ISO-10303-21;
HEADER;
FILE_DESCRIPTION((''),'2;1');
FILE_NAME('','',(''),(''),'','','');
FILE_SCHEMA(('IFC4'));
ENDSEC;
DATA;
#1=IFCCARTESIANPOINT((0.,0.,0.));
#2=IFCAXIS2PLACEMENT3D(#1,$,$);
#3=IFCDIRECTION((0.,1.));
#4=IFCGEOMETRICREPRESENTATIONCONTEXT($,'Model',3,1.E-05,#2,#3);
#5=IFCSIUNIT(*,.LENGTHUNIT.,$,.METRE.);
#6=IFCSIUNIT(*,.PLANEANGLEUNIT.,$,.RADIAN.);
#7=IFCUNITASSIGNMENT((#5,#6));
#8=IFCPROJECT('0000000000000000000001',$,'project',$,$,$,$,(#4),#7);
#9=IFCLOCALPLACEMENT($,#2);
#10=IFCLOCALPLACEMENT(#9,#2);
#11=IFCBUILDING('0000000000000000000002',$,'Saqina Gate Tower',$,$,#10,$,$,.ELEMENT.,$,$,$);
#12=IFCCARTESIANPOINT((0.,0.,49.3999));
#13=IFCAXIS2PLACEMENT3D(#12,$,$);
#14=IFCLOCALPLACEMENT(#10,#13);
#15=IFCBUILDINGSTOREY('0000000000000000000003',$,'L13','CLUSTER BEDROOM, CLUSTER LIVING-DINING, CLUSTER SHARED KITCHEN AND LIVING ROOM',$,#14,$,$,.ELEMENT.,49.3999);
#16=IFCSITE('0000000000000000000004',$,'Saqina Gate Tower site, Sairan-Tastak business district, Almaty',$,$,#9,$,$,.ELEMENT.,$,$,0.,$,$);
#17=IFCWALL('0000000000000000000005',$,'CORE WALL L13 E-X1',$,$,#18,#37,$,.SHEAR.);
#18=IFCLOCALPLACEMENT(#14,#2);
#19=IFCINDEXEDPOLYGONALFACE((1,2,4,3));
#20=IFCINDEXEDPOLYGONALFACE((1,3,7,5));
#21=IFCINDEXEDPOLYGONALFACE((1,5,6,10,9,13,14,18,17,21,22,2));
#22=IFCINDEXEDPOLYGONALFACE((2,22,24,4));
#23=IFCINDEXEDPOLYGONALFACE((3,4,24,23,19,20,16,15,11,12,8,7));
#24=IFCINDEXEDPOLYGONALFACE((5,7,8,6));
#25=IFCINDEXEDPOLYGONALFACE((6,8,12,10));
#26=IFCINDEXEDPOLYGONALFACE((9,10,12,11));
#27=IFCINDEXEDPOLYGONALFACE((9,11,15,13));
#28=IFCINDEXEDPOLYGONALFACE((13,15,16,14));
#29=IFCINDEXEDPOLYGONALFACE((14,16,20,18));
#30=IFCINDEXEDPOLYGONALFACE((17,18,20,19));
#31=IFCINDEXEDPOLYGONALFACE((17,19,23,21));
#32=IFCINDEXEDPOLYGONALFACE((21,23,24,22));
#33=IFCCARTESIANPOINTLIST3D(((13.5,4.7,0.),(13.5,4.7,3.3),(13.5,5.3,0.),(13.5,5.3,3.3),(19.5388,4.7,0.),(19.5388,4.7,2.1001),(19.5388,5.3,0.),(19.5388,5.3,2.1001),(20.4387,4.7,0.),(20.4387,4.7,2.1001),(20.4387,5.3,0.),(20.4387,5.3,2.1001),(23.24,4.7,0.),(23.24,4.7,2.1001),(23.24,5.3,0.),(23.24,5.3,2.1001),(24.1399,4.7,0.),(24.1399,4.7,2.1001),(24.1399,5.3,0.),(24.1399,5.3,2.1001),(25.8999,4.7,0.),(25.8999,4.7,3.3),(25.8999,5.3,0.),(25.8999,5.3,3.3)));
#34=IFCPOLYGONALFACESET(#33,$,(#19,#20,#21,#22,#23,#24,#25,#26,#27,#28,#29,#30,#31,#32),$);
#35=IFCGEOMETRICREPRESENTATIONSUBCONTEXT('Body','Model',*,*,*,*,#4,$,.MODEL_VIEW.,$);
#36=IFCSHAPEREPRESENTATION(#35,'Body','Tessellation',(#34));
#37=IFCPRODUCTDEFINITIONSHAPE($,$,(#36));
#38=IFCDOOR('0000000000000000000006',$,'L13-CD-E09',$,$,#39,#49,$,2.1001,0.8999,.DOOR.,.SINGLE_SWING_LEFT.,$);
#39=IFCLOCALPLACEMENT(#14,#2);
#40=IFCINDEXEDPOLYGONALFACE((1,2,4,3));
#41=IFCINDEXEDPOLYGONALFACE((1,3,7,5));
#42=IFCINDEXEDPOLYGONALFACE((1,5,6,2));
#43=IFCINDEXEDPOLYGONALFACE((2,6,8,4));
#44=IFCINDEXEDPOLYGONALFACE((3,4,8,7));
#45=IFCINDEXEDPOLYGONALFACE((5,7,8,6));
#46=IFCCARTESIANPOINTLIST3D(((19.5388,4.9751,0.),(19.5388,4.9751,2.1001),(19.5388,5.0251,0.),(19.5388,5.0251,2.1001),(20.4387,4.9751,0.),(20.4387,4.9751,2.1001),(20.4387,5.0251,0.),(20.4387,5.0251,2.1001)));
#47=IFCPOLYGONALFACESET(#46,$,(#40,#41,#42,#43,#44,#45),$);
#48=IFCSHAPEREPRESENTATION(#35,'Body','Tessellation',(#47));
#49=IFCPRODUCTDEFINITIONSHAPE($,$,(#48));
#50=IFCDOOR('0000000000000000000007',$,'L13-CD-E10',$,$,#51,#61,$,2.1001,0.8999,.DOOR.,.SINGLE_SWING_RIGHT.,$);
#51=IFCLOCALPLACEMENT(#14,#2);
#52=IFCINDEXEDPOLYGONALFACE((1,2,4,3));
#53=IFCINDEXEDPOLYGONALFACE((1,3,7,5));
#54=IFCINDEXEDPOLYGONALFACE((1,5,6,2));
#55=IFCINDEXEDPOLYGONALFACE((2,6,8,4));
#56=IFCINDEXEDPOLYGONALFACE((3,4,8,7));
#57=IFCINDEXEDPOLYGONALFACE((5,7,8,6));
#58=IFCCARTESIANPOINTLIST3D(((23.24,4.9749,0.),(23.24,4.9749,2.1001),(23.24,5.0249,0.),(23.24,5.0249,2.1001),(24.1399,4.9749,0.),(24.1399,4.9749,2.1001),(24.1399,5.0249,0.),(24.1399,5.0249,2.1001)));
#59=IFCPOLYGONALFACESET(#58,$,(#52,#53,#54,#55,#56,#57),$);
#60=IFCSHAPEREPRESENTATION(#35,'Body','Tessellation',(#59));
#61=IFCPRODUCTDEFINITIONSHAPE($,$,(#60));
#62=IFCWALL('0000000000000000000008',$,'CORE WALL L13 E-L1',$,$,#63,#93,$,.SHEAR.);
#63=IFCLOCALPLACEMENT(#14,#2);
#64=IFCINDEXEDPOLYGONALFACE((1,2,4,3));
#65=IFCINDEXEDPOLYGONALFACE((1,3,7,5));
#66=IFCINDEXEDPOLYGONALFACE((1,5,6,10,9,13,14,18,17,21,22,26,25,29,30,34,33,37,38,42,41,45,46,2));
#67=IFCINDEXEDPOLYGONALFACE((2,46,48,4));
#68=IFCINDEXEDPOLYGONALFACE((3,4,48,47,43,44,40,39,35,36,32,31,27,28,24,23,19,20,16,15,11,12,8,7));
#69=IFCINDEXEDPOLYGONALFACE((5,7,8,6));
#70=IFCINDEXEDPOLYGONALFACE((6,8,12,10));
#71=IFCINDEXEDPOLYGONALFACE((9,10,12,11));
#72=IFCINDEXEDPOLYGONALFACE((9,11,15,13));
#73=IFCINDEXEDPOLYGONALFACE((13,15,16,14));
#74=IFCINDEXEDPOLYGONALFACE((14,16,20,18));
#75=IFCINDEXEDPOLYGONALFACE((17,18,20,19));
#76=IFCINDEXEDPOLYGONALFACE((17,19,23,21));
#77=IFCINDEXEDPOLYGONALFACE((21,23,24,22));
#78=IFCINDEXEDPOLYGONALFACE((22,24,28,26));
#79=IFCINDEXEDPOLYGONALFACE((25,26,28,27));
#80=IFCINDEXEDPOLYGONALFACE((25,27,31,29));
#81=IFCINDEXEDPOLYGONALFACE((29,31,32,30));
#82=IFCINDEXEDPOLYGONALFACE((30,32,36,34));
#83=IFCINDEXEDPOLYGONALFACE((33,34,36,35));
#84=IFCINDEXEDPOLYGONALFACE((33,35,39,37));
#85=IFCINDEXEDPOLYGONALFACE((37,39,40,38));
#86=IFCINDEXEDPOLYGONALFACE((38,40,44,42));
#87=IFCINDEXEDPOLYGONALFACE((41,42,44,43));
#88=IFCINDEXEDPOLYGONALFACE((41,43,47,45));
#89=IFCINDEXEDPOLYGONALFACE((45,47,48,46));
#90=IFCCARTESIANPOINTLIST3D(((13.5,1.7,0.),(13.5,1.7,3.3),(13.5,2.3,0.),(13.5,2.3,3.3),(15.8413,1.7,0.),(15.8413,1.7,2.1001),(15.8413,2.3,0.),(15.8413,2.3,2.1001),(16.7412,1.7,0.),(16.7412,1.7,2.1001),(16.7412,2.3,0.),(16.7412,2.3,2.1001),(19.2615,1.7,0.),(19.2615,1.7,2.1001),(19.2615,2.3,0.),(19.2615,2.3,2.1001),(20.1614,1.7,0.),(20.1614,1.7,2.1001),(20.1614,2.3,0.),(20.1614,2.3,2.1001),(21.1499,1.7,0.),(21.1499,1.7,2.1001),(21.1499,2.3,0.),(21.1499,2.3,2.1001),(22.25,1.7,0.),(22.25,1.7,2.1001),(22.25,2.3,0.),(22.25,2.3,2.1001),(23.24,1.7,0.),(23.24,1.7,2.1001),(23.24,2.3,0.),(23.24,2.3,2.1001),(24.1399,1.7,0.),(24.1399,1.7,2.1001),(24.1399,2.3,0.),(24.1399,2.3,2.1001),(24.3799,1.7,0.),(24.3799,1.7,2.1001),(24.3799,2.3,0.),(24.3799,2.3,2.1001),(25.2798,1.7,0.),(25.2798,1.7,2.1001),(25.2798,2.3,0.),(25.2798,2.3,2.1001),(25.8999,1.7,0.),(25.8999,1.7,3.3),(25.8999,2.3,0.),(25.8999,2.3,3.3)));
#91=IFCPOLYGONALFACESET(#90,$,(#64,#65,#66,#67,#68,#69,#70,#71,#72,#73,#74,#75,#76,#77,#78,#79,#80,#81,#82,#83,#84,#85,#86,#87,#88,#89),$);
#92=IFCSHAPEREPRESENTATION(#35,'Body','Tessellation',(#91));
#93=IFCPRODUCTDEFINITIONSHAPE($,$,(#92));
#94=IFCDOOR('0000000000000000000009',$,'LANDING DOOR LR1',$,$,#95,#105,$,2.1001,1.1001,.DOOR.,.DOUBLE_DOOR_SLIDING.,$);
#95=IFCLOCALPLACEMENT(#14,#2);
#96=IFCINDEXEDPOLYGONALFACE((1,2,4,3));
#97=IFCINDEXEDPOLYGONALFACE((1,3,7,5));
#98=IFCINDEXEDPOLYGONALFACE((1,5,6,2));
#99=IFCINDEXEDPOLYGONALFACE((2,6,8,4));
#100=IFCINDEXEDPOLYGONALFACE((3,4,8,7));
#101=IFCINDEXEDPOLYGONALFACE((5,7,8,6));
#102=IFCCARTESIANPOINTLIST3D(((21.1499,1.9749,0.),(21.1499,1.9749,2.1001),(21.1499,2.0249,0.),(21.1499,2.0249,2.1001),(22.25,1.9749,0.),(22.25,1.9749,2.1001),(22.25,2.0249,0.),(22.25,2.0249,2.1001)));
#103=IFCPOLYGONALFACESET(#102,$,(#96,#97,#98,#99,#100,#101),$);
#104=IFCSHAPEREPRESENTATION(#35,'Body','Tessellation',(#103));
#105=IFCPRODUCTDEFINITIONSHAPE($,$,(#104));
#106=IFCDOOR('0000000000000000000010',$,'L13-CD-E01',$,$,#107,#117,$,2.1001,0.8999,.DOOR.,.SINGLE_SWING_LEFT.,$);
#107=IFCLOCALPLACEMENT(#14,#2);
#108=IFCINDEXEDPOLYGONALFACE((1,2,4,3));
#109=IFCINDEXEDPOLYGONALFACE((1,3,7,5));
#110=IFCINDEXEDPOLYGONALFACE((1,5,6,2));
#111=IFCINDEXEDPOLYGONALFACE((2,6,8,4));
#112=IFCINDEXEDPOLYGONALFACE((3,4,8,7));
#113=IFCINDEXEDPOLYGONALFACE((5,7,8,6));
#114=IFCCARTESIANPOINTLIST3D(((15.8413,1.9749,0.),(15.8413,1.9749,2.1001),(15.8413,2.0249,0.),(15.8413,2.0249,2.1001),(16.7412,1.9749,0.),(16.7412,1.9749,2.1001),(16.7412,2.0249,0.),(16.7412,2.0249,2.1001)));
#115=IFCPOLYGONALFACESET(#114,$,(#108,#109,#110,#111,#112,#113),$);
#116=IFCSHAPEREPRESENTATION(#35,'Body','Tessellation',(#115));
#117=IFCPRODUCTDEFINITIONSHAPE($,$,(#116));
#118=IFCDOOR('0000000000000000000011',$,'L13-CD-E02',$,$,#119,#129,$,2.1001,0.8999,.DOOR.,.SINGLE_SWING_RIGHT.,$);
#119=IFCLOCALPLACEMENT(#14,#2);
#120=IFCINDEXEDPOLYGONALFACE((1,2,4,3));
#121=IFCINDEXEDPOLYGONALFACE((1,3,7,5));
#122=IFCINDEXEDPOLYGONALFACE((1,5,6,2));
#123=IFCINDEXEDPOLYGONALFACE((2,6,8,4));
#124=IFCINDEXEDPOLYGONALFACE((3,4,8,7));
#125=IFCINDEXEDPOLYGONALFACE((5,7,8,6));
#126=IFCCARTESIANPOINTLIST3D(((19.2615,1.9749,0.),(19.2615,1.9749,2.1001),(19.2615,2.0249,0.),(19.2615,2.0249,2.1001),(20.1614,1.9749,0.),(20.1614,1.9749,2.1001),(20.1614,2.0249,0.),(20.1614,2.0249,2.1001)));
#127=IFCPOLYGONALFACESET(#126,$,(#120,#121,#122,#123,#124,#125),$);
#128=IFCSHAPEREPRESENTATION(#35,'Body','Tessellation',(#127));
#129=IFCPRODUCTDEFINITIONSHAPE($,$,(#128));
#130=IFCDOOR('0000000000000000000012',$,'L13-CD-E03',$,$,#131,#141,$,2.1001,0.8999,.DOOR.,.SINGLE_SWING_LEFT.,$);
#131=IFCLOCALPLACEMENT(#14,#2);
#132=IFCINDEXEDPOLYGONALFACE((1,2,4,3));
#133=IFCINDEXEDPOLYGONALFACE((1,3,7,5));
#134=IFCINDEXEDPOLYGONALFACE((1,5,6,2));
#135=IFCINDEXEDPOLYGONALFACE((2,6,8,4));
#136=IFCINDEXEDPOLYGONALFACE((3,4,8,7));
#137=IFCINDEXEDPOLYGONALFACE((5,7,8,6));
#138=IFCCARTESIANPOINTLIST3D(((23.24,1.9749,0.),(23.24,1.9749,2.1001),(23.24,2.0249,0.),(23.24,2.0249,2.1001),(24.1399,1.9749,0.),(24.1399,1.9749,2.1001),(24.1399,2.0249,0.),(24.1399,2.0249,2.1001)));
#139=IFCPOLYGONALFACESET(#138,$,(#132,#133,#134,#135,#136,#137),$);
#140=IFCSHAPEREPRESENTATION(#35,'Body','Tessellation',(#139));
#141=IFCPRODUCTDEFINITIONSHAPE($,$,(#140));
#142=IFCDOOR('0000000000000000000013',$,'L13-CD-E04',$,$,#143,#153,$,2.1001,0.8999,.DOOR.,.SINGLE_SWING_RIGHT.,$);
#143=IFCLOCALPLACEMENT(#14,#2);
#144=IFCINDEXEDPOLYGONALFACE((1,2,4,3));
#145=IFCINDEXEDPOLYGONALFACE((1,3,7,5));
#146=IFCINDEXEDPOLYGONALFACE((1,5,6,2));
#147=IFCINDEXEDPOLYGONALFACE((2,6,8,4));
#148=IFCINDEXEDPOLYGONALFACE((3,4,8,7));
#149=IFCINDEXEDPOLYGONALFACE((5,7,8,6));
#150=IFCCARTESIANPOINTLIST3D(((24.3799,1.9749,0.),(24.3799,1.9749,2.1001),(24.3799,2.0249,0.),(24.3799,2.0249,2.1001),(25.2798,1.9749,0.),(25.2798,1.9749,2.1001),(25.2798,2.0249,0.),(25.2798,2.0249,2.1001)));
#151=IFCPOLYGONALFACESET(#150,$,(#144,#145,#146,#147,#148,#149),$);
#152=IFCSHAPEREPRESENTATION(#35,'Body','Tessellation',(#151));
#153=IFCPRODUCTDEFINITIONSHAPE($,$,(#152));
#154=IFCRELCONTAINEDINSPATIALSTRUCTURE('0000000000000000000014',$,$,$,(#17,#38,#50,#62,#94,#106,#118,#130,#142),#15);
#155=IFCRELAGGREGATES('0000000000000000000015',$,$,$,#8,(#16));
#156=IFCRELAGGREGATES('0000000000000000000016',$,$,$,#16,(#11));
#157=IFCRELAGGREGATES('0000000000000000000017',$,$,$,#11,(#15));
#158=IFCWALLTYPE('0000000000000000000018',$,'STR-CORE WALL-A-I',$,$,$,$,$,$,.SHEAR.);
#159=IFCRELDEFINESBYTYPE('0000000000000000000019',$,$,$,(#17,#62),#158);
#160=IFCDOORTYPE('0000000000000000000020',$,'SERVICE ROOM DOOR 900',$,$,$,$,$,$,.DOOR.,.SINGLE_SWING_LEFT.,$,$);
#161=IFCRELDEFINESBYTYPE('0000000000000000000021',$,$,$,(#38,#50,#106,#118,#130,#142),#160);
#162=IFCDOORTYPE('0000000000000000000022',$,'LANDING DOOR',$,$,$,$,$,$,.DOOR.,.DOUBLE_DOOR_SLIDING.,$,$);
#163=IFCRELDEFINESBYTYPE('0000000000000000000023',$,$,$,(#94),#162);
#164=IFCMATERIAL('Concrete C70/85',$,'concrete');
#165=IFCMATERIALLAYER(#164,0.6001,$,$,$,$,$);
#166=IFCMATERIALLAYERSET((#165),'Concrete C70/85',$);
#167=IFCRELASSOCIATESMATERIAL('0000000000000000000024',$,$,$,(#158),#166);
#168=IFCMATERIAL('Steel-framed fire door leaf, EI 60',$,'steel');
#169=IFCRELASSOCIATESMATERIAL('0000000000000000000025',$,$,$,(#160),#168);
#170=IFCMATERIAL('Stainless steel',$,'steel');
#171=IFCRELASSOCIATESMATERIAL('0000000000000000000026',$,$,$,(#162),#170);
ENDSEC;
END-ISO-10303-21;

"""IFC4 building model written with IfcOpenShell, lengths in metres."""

from ifc_helpers import new_model, si_unit, direction, frame, frame_2d, origin, place, context, subcontext, project, spatial, rectangle, extrude, material, layer, layer_set, type_object, element, fill, save


model = new_model("IFC4")

# Units and contexts
model_context = context("Model", 3, precision=1e-05, world=origin(), true_north=direction((0.0, 1.0)))
body_context = subcontext(model_context, "Body", "Model", "MODEL_VIEW")
ifc_project = project(units=[si_unit("LENGTHUNIT", "METRE"), si_unit("PLANEANGLEUNIT", "RADIAN")], contexts=[model_context])

# Site, building, storey
site_placement = place(None, origin())
site = spatial("IfcSite", under=ifc_project, at=site_placement, Name="Saqina Gate Tower site, Sairan-Tastak business district, Almaty", CompositionType="ELEMENT", RefElevation=0.0)
building_placement = place(site_placement, origin())
building = spatial("IfcBuilding", under=site, at=building_placement, Name="Saqina Gate Tower", CompositionType="ELEMENT")
storey_placement = place(building_placement, frame((0.0, 0.0, 49.3999)))
storey = spatial("IfcBuildingStorey", under=building, at=storey_placement, Name="L13", Description="CLUSTER BEDROOM, CLUSTER LIVING-DINING, CLUSTER SHARED KITCHEN AND LIVING ROOM", CompositionType="ELEMENT", Elevation=49.3999)

# Walls, openings, doors
ifc_material_1 = material(Name="Concrete C70/85", Category="concrete")
ifc_layer_1 = layer(ifc_material_1, 0.6001)
ifc_layer_set_1 = layer_set([ifc_layer_1], Name="Concrete C70/85")
wall_type_1 = type_object("IfcWallType", Name="STR-CORE WALL-A-I", PredefinedType="SHEAR", material=ifc_layer_set_1)
wall_1_placement = place(storey_placement, frame((13.5, 5.0, 0.0), z_axis=(0.0, 0.0, 1.0), x_axis=(1.0, 0.0, 0.0)))
wall_1 = element("IfcWall", 1, at=wall_1_placement, inside=storey, type_object=wall_type_1, Name="CORE WALL L13 E-X1", PredefinedType="SHEAR", context=body_context, shape_type="SweptSolid", body=[
    extrude(rectangle(XDim=12.3999, YDim=0.6001, at=frame_2d((6.2, 0.0))), origin(), (0.0, 0.0, 1.0), 3.3),
])
opening_1_placement = place(wall_1_placement, frame((6.0388, 0.0, 0.0)))
opening_1 = element("IfcOpeningElement", 2, at=opening_1_placement, cuts=wall_1, PredefinedType="OPENING", context=body_context, shape_type="SweptSolid", body=[
    extrude(rectangle(XDim=0.8999, YDim=2.1001, at=frame_2d((0.45, 1.05))), frame((0.0, 0.312, 0.0), z_axis=(0.0, -1.0, 0.0), x_axis=(1.0, 0.0, 0.0)), (0.0, 0.0, 1.0), 0.624),
])
opening_2_placement = place(wall_1_placement, frame((9.74, 0.0, 0.0)))
opening_2 = element("IfcOpeningElement", 3, at=opening_2_placement, cuts=wall_1, PredefinedType="OPENING", context=body_context, shape_type="SweptSolid", body=[
    extrude(rectangle(XDim=0.8999, YDim=2.1001, at=frame_2d((0.45, 1.05))), frame((0.0, 0.312, 0.0), z_axis=(0.0, -1.0, 0.0), x_axis=(1.0, 0.0, 0.0)), (0.0, 0.0, 1.0), 0.624),
])
ifc_material_2 = material(Name="Steel-framed fire door leaf, EI 60", Category="steel")
door_type_1 = type_object("IfcDoorType", Name="SERVICE ROOM DOOR 900", OperationType="SINGLE_SWING_LEFT", PredefinedType="DOOR", material=ifc_material_2)
door_1_placement = place(opening_1_placement, frame((0.8999, 0.0, 0.0), z_axis=(0.0, 0.0, 1.0), x_axis=(-1.0, 0.0, 0.0)))
door_1 = element("IfcDoor", 4, at=door_1_placement, inside=storey, type_object=door_type_1, Name="L13-CD-E09", OperationType="SINGLE_SWING_LEFT", OverallHeight=2.1001, OverallWidth=0.8999, PredefinedType="DOOR", context=body_context, shape_type="SweptSolid", body=[
    extrude(rectangle(XDim=0.8999, YDim=2.1001, at=frame_2d((0.45, 1.05))), frame((0.0, 0.0249, 0.0), z_axis=(0.0, -1.0, 0.0), x_axis=(1.0, 0.0, 0.0)), (0.0, 0.0, 1.0), 0.05),
])
fill(opening_1, door_1)
door_2_placement = place(opening_2_placement, origin())
door_2 = element("IfcDoor", 5, at=door_2_placement, inside=storey, type_object=door_type_1, Name="L13-CD-E10", OperationType="SINGLE_SWING_RIGHT", OverallHeight=2.1001, OverallWidth=0.8999, PredefinedType="DOOR", context=body_context, shape_type="SweptSolid", body=[
    extrude(rectangle(XDim=0.8999, YDim=2.1001, at=frame_2d((0.45, 1.05))), frame((0.0, 0.0249, 0.0), z_axis=(0.0, -1.0, 0.0), x_axis=(1.0, 0.0, 0.0)), (0.0, 0.0, 1.0), 0.05),
])
fill(opening_2, door_2)
wall_2_placement = place(storey_placement, frame((13.5, 2.0, 0.0), z_axis=(0.0, 0.0, 1.0), x_axis=(1.0, 0.0, 0.0)))
wall_2 = element("IfcWall", 6, at=wall_2_placement, inside=storey, type_object=wall_type_1, Name="CORE WALL L13 E-L1", PredefinedType="SHEAR", context=body_context, shape_type="SweptSolid", body=[
    extrude(rectangle(XDim=12.3999, YDim=0.6001, at=frame_2d((6.2, 0.0))), origin(), (0.0, 0.0, 1.0), 3.3),
])
opening_3_placement = place(wall_2_placement, frame((7.6499, 0.0, 0.0)))
opening_3 = element("IfcOpeningElement", 7, at=opening_3_placement, cuts=wall_2, PredefinedType="OPENING", context=body_context, shape_type="SweptSolid", body=[
    extrude(rectangle(XDim=1.1001, YDim=2.1001, at=frame_2d((0.55, 1.05))), frame((0.0, 0.312, 0.0), z_axis=(0.0, -1.0, 0.0), x_axis=(1.0, 0.0, 0.0)), (0.0, 0.0, 1.0), 0.624),
])
opening_4_placement = place(wall_2_placement, frame((2.3413, 0.0, 0.0)))
opening_4 = element("IfcOpeningElement", 8, at=opening_4_placement, cuts=wall_2, PredefinedType="OPENING", context=body_context, shape_type="SweptSolid", body=[
    extrude(rectangle(XDim=0.8999, YDim=2.1001, at=frame_2d((0.45, 1.05))), frame((0.0, 0.312, 0.0), z_axis=(0.0, -1.0, 0.0), x_axis=(1.0, 0.0, 0.0)), (0.0, 0.0, 1.0), 0.624),
])
opening_5_placement = place(wall_2_placement, frame((5.7615, 0.0, 0.0)))
opening_5 = element("IfcOpeningElement", 9, at=opening_5_placement, cuts=wall_2, PredefinedType="OPENING", context=body_context, shape_type="SweptSolid", body=[
    extrude(rectangle(XDim=0.8999, YDim=2.1001, at=frame_2d((0.45, 1.05))), frame((0.0, 0.312, 0.0), z_axis=(0.0, -1.0, 0.0), x_axis=(1.0, 0.0, 0.0)), (0.0, 0.0, 1.0), 0.624),
])
opening_6_placement = place(wall_2_placement, frame((9.74, 0.0, 0.0)))
opening_6 = element("IfcOpeningElement", 10, at=opening_6_placement, cuts=wall_2, PredefinedType="OPENING", context=body_context, shape_type="SweptSolid", body=[
    extrude(rectangle(XDim=0.8999, YDim=2.1001, at=frame_2d((0.45, 1.05))), frame((0.0, 0.312, 0.0), z_axis=(0.0, -1.0, 0.0), x_axis=(1.0, 0.0, 0.0)), (0.0, 0.0, 1.0), 0.624),
])
opening_7_placement = place(wall_2_placement, frame((10.8799, 0.0, 0.0)))
opening_7 = element("IfcOpeningElement", 11, at=opening_7_placement, cuts=wall_2, PredefinedType="OPENING", context=body_context, shape_type="SweptSolid", body=[
    extrude(rectangle(XDim=0.8999, YDim=2.1001, at=frame_2d((0.45, 1.05))), frame((0.0, 0.312, 0.0), z_axis=(0.0, -1.0, 0.0), x_axis=(1.0, 0.0, 0.0)), (0.0, 0.0, 1.0), 0.624),
])
ifc_material_3 = material(Name="Stainless steel", Category="steel")
door_type_2 = type_object("IfcDoorType", Name="LANDING DOOR", OperationType="DOUBLE_DOOR_SLIDING", PredefinedType="DOOR", material=ifc_material_3)
door_3_placement = place(opening_3_placement, origin())
door_3 = element("IfcDoor", 12, at=door_3_placement, inside=storey, type_object=door_type_2, Name="LANDING DOOR LR1", OperationType="DOUBLE_DOOR_SLIDING", OverallHeight=2.1001, OverallWidth=1.1001, PredefinedType="DOOR", context=body_context, shape_type="SweptSolid", body=[
    extrude(rectangle(XDim=1.1001, YDim=2.1001, at=frame_2d((0.55, 1.05))), frame((0.0, 0.0249, 0.0), z_axis=(0.0, -1.0, 0.0), x_axis=(1.0, 0.0, 0.0)), (0.0, 0.0, 1.0), 0.05),
])
fill(opening_3, door_3)
door_4_placement = place(opening_4_placement, origin())
door_4 = element("IfcDoor", 13, at=door_4_placement, inside=storey, type_object=door_type_1, Name="L13-CD-E01", OperationType="SINGLE_SWING_LEFT", OverallHeight=2.1001, OverallWidth=0.8999, PredefinedType="DOOR", context=body_context, shape_type="SweptSolid", body=[
    extrude(rectangle(XDim=0.8999, YDim=2.1001, at=frame_2d((0.45, 1.05))), frame((0.0, 0.0249, 0.0), z_axis=(0.0, -1.0, 0.0), x_axis=(1.0, 0.0, 0.0)), (0.0, 0.0, 1.0), 0.05),
])
fill(opening_4, door_4)
door_5_placement = place(opening_5_placement, origin())
door_5 = element("IfcDoor", 14, at=door_5_placement, inside=storey, type_object=door_type_1, Name="L13-CD-E02", OperationType="SINGLE_SWING_RIGHT", OverallHeight=2.1001, OverallWidth=0.8999, PredefinedType="DOOR", context=body_context, shape_type="SweptSolid", body=[
    extrude(rectangle(XDim=0.8999, YDim=2.1001, at=frame_2d((0.45, 1.05))), frame((0.0, 0.0249, 0.0), z_axis=(0.0, -1.0, 0.0), x_axis=(1.0, 0.0, 0.0)), (0.0, 0.0, 1.0), 0.05),
])
fill(opening_5, door_5)
door_6_placement = place(opening_6_placement, origin())
door_6 = element("IfcDoor", 15, at=door_6_placement, inside=storey, type_object=door_type_1, Name="L13-CD-E03", OperationType="SINGLE_SWING_LEFT", OverallHeight=2.1001, OverallWidth=0.8999, PredefinedType="DOOR", context=body_context, shape_type="SweptSolid", body=[
    extrude(rectangle(XDim=0.8999, YDim=2.1001, at=frame_2d((0.45, 1.05))), frame((0.0, 0.0249, 0.0), z_axis=(0.0, -1.0, 0.0), x_axis=(1.0, 0.0, 0.0)), (0.0, 0.0, 1.0), 0.05),
])
fill(opening_6, door_6)
door_7_placement = place(opening_7_placement, origin())
door_7 = element("IfcDoor", 16, at=door_7_placement, inside=storey, type_object=door_type_1, Name="L13-CD-E04", OperationType="SINGLE_SWING_RIGHT", OverallHeight=2.1001, OverallWidth=0.8999, PredefinedType="DOOR", context=body_context, shape_type="SweptSolid", body=[
    extrude(rectangle(XDim=0.8999, YDim=2.1001, at=frame_2d((0.45, 1.05))), frame((0.0, 0.0249, 0.0), z_axis=(0.0, -1.0, 0.0), x_axis=(1.0, 0.0, 0.0)), (0.0, 0.0, 1.0), 0.05),
])
fill(opening_7, door_7)

save(model, "model.ifc")
